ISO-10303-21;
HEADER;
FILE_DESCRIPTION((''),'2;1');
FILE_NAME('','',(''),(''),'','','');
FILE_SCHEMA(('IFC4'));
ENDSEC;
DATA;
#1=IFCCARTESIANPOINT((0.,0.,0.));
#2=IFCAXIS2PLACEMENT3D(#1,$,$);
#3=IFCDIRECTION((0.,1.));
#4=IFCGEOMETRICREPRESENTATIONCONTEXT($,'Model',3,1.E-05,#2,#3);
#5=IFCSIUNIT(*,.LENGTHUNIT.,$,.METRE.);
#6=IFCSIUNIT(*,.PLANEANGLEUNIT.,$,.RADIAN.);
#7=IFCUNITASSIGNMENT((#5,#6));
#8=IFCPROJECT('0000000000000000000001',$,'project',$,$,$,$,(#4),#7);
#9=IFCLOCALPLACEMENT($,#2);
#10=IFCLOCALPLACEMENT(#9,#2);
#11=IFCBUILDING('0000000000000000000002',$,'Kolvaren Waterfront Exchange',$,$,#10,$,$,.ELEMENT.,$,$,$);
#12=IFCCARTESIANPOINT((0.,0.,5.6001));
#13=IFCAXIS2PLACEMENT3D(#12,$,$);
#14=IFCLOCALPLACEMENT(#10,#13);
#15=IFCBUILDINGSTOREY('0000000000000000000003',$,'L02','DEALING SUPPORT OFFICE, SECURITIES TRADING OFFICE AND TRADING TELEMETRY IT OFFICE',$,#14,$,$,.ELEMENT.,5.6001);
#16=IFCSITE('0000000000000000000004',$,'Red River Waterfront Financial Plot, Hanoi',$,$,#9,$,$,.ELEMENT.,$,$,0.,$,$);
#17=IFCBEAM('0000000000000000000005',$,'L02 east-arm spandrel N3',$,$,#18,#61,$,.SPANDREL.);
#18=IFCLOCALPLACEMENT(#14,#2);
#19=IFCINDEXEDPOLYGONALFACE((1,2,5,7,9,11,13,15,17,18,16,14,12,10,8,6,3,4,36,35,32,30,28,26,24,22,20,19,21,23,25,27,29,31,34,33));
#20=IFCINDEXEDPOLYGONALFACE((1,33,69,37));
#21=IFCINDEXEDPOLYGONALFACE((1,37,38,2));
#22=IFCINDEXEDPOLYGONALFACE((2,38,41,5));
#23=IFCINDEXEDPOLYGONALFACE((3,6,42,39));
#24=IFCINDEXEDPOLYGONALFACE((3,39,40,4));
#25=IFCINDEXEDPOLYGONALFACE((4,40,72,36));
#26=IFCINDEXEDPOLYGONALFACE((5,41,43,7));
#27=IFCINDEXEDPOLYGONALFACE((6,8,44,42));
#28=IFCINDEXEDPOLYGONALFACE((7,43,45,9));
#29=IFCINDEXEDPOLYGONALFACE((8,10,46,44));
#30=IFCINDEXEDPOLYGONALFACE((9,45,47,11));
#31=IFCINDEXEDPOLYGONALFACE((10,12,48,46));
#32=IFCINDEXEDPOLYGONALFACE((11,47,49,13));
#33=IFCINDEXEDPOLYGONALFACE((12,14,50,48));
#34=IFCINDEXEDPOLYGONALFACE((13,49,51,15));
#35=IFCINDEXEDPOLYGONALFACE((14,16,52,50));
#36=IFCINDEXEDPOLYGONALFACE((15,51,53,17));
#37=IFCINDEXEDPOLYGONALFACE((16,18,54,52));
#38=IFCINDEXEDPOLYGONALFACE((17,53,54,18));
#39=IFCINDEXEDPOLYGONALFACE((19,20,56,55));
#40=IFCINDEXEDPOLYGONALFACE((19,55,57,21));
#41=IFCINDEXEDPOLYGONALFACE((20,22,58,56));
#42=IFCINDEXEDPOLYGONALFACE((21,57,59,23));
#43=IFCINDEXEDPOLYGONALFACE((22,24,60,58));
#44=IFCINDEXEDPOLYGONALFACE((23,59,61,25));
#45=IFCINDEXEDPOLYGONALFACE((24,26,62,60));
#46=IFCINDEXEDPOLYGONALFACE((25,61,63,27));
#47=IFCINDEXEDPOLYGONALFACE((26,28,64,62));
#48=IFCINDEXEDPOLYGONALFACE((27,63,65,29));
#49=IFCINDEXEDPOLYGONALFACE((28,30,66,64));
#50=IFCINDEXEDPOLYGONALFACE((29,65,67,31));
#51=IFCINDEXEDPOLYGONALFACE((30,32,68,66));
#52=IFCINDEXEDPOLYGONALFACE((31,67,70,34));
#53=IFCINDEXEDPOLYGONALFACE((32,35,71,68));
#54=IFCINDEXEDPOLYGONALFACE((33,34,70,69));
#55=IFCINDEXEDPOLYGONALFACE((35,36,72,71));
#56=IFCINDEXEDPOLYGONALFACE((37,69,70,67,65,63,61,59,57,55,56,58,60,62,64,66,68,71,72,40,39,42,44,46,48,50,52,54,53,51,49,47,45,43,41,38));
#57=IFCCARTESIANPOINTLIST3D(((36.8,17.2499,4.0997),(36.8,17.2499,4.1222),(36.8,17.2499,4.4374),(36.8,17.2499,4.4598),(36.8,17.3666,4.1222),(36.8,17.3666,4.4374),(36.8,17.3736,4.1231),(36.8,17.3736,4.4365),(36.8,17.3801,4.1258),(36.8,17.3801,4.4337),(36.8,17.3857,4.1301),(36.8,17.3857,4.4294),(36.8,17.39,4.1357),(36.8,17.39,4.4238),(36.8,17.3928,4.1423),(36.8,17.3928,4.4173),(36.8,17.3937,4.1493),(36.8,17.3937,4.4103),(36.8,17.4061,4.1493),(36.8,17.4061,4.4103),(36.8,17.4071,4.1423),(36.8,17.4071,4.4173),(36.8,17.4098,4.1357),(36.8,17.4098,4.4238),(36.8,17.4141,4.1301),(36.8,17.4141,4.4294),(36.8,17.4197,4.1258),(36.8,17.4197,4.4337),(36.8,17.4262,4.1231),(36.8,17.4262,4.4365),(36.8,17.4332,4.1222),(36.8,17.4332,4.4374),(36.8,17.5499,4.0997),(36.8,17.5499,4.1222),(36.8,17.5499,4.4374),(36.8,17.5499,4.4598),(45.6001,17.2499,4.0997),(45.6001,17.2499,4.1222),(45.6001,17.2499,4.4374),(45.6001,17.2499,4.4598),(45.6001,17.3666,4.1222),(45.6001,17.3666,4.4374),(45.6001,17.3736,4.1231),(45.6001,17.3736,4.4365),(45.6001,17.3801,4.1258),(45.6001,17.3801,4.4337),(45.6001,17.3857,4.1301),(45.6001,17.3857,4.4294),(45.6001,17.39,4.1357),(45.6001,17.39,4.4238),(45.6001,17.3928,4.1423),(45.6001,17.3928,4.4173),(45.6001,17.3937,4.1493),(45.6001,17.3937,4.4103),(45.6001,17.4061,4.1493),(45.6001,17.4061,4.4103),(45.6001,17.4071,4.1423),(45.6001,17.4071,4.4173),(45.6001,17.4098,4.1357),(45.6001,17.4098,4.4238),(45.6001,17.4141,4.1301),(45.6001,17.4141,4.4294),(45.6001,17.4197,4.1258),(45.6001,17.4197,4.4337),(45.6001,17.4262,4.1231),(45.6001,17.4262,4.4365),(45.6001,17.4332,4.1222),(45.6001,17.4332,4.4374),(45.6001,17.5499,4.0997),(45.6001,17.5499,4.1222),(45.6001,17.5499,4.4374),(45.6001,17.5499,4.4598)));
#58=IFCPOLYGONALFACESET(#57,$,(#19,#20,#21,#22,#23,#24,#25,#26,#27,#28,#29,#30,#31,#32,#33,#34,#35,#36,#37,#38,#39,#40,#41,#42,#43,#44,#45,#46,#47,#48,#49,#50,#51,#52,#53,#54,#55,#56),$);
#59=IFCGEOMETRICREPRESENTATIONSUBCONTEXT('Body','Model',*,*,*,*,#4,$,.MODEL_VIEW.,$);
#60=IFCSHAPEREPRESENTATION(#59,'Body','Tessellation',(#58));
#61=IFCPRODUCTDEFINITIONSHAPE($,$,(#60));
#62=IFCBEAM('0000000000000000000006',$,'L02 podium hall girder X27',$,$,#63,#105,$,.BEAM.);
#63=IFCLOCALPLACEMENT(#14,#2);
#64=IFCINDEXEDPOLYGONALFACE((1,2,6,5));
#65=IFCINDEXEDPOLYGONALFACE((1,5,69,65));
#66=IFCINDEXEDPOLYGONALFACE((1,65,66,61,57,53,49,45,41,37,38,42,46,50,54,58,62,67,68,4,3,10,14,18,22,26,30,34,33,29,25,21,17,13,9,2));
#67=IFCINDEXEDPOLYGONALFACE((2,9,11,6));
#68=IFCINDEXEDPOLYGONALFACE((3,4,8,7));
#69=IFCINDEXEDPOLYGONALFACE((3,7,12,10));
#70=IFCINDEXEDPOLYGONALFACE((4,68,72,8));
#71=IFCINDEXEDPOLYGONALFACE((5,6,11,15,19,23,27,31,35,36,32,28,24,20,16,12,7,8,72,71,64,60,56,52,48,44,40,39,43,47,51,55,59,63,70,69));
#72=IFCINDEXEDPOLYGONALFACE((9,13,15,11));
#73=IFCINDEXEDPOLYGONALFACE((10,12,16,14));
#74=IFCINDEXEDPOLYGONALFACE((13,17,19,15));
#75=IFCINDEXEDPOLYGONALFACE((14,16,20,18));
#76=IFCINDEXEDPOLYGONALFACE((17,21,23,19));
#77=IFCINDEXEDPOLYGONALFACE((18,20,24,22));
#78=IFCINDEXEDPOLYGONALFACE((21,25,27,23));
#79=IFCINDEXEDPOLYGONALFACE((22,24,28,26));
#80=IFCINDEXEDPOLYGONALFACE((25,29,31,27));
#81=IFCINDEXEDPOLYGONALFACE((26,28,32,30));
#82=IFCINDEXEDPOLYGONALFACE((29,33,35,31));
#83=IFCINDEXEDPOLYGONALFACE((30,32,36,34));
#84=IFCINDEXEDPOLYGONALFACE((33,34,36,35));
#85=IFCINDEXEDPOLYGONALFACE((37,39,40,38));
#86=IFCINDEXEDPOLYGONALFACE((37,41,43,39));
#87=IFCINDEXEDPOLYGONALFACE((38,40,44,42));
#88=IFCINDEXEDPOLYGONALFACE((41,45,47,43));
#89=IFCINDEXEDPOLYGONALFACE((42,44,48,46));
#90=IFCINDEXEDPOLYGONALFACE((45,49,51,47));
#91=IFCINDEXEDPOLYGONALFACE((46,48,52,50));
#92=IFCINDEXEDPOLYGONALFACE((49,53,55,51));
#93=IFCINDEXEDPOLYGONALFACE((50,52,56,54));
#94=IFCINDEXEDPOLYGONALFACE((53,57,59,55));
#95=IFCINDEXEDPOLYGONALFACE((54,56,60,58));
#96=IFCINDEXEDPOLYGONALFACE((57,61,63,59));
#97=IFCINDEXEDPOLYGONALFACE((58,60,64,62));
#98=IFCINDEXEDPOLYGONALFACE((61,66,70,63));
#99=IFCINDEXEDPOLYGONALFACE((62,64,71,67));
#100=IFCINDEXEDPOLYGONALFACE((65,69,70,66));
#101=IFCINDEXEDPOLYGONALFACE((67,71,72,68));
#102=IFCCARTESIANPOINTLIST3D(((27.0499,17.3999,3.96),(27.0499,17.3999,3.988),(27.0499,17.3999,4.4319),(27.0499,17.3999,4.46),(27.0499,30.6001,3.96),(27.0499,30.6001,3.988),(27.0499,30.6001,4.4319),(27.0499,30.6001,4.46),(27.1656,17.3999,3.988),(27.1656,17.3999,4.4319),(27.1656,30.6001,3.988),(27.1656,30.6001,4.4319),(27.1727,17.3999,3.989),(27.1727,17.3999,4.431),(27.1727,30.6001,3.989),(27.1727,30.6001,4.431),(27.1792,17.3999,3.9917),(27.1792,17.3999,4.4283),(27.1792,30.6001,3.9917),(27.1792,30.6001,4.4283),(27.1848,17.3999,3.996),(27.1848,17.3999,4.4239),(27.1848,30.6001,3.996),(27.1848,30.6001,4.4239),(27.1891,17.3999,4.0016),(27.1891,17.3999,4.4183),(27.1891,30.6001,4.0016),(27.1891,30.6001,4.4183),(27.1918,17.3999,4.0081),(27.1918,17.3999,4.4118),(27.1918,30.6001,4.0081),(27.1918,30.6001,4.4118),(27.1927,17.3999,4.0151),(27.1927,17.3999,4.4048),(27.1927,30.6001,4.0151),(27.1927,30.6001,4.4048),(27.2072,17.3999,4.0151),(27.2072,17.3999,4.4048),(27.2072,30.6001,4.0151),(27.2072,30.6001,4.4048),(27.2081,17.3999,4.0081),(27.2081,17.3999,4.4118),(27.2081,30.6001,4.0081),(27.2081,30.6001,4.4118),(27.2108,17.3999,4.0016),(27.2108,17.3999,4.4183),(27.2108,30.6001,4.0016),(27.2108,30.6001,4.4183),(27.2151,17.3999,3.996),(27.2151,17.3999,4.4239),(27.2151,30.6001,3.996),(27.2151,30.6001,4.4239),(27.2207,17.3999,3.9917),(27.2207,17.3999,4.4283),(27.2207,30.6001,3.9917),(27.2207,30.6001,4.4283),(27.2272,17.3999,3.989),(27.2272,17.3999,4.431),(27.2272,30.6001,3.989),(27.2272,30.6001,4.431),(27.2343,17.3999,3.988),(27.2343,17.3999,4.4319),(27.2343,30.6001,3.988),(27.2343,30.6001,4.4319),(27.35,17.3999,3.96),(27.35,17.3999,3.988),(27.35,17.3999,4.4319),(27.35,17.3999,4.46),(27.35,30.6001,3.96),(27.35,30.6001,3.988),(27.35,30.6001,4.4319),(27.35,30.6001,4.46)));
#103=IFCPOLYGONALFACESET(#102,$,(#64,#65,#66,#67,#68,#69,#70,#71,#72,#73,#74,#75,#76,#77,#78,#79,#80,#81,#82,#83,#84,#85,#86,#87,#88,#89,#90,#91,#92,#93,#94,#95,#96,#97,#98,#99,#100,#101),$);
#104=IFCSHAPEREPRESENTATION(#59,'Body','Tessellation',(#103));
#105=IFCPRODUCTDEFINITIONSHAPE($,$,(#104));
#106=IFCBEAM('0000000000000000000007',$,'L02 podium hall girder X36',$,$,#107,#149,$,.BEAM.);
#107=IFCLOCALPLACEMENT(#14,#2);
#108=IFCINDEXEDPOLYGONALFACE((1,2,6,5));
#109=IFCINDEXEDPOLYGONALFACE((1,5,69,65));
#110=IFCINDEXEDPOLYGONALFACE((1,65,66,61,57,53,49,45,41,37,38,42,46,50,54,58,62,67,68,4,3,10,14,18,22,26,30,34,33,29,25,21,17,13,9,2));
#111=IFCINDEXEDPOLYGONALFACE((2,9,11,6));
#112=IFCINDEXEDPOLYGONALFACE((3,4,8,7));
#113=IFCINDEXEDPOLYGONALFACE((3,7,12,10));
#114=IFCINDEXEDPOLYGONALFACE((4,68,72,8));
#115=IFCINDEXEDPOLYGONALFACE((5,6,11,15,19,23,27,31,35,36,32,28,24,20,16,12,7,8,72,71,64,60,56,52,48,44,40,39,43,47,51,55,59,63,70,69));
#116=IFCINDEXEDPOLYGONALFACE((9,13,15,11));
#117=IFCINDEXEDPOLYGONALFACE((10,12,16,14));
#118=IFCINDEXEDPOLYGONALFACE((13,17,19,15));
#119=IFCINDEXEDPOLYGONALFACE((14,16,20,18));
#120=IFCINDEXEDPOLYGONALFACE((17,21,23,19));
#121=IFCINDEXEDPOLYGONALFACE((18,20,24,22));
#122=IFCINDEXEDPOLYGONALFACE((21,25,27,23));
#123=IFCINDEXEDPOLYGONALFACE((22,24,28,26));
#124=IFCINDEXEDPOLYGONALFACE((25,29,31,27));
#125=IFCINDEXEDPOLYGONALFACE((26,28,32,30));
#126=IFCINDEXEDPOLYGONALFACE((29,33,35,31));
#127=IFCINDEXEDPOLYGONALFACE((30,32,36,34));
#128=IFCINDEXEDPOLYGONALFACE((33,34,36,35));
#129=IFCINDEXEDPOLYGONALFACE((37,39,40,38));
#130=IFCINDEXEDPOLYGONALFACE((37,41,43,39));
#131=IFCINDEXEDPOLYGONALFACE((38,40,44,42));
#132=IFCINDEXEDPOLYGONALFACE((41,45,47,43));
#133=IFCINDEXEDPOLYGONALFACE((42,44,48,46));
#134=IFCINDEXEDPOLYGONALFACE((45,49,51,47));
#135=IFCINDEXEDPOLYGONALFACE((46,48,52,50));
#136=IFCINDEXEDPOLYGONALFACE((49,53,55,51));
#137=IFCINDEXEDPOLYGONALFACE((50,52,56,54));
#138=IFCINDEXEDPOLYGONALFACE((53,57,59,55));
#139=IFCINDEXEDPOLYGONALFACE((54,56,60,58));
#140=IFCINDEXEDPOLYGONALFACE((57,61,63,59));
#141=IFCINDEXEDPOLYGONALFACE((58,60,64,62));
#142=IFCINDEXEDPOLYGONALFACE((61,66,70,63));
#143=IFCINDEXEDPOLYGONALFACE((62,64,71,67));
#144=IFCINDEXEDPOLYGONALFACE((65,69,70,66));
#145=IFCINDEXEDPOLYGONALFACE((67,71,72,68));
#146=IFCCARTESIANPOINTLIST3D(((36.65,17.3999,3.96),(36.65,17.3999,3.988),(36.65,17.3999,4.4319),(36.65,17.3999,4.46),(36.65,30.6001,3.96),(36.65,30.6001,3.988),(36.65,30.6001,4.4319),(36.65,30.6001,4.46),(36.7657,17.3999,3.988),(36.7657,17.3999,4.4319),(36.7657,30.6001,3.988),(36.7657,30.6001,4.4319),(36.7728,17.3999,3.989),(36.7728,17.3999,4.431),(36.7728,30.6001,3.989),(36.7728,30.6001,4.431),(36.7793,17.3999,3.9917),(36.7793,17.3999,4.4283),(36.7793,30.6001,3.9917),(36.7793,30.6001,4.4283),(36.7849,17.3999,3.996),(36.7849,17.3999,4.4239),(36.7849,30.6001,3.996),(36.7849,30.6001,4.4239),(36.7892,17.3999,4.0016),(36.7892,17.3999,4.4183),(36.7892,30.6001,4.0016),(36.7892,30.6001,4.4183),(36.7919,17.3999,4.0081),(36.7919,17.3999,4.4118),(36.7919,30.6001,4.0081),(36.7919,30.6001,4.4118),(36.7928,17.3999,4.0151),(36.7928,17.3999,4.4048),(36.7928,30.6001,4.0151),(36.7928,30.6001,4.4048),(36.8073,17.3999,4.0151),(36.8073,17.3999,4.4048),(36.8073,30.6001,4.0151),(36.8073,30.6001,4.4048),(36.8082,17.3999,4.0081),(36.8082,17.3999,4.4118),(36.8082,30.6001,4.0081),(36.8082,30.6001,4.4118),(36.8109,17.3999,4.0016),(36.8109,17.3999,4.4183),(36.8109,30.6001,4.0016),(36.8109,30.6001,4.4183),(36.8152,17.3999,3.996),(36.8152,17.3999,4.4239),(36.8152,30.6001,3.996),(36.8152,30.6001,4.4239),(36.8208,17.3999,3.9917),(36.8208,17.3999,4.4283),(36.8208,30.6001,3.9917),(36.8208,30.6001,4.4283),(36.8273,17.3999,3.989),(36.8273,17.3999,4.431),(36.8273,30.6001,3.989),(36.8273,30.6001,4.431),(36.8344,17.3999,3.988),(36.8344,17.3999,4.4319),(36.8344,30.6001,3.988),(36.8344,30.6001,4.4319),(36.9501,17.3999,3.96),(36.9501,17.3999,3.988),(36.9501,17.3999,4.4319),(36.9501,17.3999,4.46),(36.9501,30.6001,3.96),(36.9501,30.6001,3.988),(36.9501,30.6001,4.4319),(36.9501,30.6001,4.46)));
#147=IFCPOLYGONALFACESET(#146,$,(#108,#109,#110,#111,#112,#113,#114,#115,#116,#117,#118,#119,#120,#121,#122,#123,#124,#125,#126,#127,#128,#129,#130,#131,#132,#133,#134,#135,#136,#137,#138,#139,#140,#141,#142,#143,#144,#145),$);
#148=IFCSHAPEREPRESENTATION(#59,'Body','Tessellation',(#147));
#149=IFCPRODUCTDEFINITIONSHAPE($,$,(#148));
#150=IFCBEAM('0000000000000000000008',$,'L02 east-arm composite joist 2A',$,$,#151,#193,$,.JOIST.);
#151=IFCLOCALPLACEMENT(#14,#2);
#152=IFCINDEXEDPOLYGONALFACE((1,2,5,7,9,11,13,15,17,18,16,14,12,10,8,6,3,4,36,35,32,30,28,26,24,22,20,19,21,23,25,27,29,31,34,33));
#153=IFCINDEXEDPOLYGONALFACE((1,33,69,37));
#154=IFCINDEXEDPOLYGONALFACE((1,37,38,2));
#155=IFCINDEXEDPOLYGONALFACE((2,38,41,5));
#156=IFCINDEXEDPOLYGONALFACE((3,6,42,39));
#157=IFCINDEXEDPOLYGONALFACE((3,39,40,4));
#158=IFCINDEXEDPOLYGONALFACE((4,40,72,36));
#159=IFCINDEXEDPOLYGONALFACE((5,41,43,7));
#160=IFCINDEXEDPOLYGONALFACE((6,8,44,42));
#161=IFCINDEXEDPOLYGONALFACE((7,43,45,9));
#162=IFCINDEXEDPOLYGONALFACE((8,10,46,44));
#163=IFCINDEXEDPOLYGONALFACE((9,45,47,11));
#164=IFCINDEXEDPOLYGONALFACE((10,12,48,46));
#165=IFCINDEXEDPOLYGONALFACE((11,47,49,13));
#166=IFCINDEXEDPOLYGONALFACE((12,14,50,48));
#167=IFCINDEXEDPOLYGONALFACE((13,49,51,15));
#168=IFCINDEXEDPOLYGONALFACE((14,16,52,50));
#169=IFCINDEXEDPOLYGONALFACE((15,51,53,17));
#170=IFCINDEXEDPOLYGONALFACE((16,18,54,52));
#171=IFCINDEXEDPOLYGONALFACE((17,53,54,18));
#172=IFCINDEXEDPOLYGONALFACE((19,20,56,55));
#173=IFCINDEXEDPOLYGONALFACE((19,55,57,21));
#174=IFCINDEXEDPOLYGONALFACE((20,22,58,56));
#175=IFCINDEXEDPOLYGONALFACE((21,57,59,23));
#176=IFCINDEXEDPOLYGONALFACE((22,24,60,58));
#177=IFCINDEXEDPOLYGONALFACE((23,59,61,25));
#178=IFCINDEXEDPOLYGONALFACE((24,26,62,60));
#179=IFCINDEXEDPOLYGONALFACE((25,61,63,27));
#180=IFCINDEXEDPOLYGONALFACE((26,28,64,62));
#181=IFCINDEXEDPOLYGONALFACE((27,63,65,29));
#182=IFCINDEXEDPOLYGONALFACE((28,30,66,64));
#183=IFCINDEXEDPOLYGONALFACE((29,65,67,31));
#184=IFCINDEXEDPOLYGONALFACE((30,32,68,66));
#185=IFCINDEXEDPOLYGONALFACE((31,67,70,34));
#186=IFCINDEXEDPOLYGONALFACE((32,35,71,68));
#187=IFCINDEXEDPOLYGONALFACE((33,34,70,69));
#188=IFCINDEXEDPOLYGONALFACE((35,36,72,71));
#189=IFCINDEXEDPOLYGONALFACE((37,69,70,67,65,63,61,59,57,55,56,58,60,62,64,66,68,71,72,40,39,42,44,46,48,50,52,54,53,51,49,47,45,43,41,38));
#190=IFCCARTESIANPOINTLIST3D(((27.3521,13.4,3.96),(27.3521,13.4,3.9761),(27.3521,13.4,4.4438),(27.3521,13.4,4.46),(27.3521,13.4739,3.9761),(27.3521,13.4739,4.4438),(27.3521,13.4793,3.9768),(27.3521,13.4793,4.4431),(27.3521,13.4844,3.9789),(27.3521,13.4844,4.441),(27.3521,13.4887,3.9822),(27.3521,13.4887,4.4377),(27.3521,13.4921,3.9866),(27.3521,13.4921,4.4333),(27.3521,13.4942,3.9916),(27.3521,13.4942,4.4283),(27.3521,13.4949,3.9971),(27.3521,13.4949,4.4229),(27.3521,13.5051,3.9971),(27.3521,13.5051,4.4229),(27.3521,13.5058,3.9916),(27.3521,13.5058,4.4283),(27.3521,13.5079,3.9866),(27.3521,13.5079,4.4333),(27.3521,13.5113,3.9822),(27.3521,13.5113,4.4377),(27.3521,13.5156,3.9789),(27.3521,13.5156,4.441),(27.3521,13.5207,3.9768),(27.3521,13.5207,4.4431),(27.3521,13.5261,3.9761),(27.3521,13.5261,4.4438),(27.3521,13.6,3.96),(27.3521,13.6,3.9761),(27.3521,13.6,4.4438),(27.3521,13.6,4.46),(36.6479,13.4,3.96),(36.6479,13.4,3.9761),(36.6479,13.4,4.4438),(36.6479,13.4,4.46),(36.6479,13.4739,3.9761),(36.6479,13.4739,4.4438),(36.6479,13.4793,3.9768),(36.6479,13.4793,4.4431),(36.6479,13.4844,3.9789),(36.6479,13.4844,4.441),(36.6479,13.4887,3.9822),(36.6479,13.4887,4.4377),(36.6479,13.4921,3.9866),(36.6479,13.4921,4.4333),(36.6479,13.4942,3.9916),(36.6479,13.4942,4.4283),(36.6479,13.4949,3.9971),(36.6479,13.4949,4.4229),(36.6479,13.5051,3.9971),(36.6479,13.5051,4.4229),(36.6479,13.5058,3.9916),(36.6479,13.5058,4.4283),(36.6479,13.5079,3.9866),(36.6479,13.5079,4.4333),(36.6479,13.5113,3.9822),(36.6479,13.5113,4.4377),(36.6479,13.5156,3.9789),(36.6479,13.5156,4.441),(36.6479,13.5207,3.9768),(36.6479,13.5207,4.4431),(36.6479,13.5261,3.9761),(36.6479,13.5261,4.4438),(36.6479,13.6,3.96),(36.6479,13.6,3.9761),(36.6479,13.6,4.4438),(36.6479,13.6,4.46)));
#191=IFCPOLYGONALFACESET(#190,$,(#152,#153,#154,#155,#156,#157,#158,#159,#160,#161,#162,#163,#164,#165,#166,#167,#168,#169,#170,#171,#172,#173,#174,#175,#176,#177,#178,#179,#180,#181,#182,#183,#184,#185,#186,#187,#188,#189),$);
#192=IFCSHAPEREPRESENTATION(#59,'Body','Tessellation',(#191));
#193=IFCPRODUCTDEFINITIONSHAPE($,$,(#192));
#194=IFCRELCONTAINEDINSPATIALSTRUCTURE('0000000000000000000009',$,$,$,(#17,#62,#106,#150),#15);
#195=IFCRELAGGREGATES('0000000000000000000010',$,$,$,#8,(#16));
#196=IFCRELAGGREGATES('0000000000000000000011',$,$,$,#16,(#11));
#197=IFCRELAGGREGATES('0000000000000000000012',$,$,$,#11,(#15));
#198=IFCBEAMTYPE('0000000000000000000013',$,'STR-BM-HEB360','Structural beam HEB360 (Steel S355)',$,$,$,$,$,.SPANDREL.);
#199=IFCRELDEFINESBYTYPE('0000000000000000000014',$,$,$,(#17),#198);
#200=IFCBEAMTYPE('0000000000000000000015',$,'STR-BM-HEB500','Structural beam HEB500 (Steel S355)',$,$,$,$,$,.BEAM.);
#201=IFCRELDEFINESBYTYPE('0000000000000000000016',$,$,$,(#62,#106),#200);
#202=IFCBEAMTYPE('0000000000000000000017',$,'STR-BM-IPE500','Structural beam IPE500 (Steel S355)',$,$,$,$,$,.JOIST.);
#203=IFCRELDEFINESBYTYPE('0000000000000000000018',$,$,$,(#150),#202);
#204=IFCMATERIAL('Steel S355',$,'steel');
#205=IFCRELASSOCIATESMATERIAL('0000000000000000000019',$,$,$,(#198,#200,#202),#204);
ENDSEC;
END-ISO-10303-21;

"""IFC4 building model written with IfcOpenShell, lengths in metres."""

from ifc_helpers import new_model, si_unit, direction, frame, origin, origin_2d, place, context, subcontext, project, spatial, i_section, extrude, material, material_profile, profile_set, type_object, element, save


model = new_model("IFC4")

# Units and contexts
model_context = context("Model", 3, precision=1e-05, world=origin(), true_north=direction((0.0, 1.0)))
body_context = subcontext(model_context, "Body", "Model", "MODEL_VIEW")
ifc_project = project(units=[si_unit("LENGTHUNIT", "METRE"), si_unit("PLANEANGLEUNIT", "RADIAN")], contexts=[model_context])

# Site, building, storey
site_placement = place(None, origin())
site = spatial("IfcSite", under=ifc_project, at=site_placement, Name="Red River Waterfront Financial Plot, Hanoi", CompositionType="ELEMENT", RefElevation=0.0)
building_placement = place(site_placement, origin())
building = spatial("IfcBuilding", under=site, at=building_placement, Name="Kolvaren Waterfront Exchange", CompositionType="ELEMENT")
storey_placement = place(building_placement, frame((0.0, 0.0, 5.6001)))
storey = spatial("IfcBuildingStorey", under=building, at=storey_placement, Name="L02", Description="DEALING SUPPORT OFFICE, SECURITIES TRADING OFFICE AND TRADING TELEMETRY IT OFFICE", CompositionType="ELEMENT", Elevation=5.6001)

# Beams
ifc_material_1 = material(Name="Steel S355", Category="steel")
ifc_material_profile_1 = material_profile(ifc_material_1, i_section(OverallWidth=0.3, OverallDepth=0.3601, WebThickness=0.0125, FlangeThickness=0.0225, FilletRadius=0.0271, at=origin_2d()), Name="HEB360")
ifc_profile_set_1 = profile_set([ifc_material_profile_1], Name="Steel S355")
beam_type_1 = type_object("IfcBeamType", Name="STR-BM-HEB360", Description="Structural beam HEB360 (Steel S355)", PredefinedType="SPANDREL", material=ifc_profile_set_1)
beam_1_placement = place(storey_placement, frame((36.8, 17.3999, 4.2798), z_axis=(1.0, 0.0, 0.0), x_axis=(0.0, 1.0, 0.0)))
element("IfcBeam", 1, at=beam_1_placement, inside=storey, type_object=beam_type_1, Name="L02 east-arm spandrel N3", PredefinedType="SPANDREL", context=body_context, shape_type="SweptSolid", body=[
    extrude(i_section(OverallWidth=0.3, OverallDepth=0.3601, WebThickness=0.0125, FlangeThickness=0.0225, FilletRadius=0.0271, at=origin_2d()), origin(), (0.0, 0.0, 1.0), 8.8),
])
ifc_material_profile_2 = material_profile(ifc_material_1, i_section(OverallWidth=0.3, OverallDepth=0.5, WebThickness=0.0144, FlangeThickness=0.0281, FilletRadius=0.0271, at=origin_2d()), Name="HEB500")
ifc_profile_set_2 = profile_set([ifc_material_profile_2], Name="Steel S355")
beam_type_2 = type_object("IfcBeamType", Name="STR-BM-HEB500", Description="Structural beam HEB500 (Steel S355)", PredefinedType="BEAM", material=ifc_profile_set_2)
for number, where, z_axis, x_axis, name in (
    (2, (27.2, 17.3999, 4.21), (0.0, 1.0, 0.0), (-1.0, 0.0, 0.0), "L02 podium hall girder X27"),
    (3, (36.8, 17.3999, 4.21), (0.0, 1.0, 0.0), (-1.0, 0.0, 0.0), "L02 podium hall girder X36"),
):
    element("IfcBeam", number, at=place(storey_placement, frame(where, z_axis=z_axis, x_axis=x_axis)), inside=storey, type_object=beam_type_2, Name=name, PredefinedType="BEAM", context=body_context, shape_type="SweptSolid", body=[
        extrude(i_section(OverallWidth=0.3, OverallDepth=0.5, WebThickness=0.0144, FlangeThickness=0.0281, FilletRadius=0.0271, at=origin_2d()), origin(), (0.0, 0.0, 1.0), 13.2002),
    ])
ifc_material_profile_3 = material_profile(ifc_material_1, i_section(OverallWidth=0.2, OverallDepth=0.5, WebThickness=0.0103, FlangeThickness=0.0161, FilletRadius=0.021, at=origin_2d()), Name="IPE500")
ifc_profile_set_3 = profile_set([ifc_material_profile_3], Name="Steel S355")
beam_type_3 = type_object("IfcBeamType", Name="STR-BM-IPE500", Description="Structural beam IPE500 (Steel S355)", PredefinedType="JOIST", material=ifc_profile_set_3)
for number, where, z_axis, x_axis, name in (
    (4, (27.3521, 13.5, 4.21), (1.0, 0.0, 0.0), (0.0, 1.0, 0.0), "L02 east-arm composite joist 2A"),
):
    element("IfcBeam", number, at=place(storey_placement, frame(where, z_axis=z_axis, x_axis=x_axis)), inside=storey, type_object=beam_type_3, Name=name, PredefinedType="JOIST", context=body_context, shape_type="SweptSolid", body=[
        extrude(i_section(OverallWidth=0.2, OverallDepth=0.5, WebThickness=0.0103, FlangeThickness=0.0161, FilletRadius=0.021, at=origin_2d()), origin(), (0.0, 0.0, 1.0), 9.2959),
    ])

save(model, "model.ifc")
